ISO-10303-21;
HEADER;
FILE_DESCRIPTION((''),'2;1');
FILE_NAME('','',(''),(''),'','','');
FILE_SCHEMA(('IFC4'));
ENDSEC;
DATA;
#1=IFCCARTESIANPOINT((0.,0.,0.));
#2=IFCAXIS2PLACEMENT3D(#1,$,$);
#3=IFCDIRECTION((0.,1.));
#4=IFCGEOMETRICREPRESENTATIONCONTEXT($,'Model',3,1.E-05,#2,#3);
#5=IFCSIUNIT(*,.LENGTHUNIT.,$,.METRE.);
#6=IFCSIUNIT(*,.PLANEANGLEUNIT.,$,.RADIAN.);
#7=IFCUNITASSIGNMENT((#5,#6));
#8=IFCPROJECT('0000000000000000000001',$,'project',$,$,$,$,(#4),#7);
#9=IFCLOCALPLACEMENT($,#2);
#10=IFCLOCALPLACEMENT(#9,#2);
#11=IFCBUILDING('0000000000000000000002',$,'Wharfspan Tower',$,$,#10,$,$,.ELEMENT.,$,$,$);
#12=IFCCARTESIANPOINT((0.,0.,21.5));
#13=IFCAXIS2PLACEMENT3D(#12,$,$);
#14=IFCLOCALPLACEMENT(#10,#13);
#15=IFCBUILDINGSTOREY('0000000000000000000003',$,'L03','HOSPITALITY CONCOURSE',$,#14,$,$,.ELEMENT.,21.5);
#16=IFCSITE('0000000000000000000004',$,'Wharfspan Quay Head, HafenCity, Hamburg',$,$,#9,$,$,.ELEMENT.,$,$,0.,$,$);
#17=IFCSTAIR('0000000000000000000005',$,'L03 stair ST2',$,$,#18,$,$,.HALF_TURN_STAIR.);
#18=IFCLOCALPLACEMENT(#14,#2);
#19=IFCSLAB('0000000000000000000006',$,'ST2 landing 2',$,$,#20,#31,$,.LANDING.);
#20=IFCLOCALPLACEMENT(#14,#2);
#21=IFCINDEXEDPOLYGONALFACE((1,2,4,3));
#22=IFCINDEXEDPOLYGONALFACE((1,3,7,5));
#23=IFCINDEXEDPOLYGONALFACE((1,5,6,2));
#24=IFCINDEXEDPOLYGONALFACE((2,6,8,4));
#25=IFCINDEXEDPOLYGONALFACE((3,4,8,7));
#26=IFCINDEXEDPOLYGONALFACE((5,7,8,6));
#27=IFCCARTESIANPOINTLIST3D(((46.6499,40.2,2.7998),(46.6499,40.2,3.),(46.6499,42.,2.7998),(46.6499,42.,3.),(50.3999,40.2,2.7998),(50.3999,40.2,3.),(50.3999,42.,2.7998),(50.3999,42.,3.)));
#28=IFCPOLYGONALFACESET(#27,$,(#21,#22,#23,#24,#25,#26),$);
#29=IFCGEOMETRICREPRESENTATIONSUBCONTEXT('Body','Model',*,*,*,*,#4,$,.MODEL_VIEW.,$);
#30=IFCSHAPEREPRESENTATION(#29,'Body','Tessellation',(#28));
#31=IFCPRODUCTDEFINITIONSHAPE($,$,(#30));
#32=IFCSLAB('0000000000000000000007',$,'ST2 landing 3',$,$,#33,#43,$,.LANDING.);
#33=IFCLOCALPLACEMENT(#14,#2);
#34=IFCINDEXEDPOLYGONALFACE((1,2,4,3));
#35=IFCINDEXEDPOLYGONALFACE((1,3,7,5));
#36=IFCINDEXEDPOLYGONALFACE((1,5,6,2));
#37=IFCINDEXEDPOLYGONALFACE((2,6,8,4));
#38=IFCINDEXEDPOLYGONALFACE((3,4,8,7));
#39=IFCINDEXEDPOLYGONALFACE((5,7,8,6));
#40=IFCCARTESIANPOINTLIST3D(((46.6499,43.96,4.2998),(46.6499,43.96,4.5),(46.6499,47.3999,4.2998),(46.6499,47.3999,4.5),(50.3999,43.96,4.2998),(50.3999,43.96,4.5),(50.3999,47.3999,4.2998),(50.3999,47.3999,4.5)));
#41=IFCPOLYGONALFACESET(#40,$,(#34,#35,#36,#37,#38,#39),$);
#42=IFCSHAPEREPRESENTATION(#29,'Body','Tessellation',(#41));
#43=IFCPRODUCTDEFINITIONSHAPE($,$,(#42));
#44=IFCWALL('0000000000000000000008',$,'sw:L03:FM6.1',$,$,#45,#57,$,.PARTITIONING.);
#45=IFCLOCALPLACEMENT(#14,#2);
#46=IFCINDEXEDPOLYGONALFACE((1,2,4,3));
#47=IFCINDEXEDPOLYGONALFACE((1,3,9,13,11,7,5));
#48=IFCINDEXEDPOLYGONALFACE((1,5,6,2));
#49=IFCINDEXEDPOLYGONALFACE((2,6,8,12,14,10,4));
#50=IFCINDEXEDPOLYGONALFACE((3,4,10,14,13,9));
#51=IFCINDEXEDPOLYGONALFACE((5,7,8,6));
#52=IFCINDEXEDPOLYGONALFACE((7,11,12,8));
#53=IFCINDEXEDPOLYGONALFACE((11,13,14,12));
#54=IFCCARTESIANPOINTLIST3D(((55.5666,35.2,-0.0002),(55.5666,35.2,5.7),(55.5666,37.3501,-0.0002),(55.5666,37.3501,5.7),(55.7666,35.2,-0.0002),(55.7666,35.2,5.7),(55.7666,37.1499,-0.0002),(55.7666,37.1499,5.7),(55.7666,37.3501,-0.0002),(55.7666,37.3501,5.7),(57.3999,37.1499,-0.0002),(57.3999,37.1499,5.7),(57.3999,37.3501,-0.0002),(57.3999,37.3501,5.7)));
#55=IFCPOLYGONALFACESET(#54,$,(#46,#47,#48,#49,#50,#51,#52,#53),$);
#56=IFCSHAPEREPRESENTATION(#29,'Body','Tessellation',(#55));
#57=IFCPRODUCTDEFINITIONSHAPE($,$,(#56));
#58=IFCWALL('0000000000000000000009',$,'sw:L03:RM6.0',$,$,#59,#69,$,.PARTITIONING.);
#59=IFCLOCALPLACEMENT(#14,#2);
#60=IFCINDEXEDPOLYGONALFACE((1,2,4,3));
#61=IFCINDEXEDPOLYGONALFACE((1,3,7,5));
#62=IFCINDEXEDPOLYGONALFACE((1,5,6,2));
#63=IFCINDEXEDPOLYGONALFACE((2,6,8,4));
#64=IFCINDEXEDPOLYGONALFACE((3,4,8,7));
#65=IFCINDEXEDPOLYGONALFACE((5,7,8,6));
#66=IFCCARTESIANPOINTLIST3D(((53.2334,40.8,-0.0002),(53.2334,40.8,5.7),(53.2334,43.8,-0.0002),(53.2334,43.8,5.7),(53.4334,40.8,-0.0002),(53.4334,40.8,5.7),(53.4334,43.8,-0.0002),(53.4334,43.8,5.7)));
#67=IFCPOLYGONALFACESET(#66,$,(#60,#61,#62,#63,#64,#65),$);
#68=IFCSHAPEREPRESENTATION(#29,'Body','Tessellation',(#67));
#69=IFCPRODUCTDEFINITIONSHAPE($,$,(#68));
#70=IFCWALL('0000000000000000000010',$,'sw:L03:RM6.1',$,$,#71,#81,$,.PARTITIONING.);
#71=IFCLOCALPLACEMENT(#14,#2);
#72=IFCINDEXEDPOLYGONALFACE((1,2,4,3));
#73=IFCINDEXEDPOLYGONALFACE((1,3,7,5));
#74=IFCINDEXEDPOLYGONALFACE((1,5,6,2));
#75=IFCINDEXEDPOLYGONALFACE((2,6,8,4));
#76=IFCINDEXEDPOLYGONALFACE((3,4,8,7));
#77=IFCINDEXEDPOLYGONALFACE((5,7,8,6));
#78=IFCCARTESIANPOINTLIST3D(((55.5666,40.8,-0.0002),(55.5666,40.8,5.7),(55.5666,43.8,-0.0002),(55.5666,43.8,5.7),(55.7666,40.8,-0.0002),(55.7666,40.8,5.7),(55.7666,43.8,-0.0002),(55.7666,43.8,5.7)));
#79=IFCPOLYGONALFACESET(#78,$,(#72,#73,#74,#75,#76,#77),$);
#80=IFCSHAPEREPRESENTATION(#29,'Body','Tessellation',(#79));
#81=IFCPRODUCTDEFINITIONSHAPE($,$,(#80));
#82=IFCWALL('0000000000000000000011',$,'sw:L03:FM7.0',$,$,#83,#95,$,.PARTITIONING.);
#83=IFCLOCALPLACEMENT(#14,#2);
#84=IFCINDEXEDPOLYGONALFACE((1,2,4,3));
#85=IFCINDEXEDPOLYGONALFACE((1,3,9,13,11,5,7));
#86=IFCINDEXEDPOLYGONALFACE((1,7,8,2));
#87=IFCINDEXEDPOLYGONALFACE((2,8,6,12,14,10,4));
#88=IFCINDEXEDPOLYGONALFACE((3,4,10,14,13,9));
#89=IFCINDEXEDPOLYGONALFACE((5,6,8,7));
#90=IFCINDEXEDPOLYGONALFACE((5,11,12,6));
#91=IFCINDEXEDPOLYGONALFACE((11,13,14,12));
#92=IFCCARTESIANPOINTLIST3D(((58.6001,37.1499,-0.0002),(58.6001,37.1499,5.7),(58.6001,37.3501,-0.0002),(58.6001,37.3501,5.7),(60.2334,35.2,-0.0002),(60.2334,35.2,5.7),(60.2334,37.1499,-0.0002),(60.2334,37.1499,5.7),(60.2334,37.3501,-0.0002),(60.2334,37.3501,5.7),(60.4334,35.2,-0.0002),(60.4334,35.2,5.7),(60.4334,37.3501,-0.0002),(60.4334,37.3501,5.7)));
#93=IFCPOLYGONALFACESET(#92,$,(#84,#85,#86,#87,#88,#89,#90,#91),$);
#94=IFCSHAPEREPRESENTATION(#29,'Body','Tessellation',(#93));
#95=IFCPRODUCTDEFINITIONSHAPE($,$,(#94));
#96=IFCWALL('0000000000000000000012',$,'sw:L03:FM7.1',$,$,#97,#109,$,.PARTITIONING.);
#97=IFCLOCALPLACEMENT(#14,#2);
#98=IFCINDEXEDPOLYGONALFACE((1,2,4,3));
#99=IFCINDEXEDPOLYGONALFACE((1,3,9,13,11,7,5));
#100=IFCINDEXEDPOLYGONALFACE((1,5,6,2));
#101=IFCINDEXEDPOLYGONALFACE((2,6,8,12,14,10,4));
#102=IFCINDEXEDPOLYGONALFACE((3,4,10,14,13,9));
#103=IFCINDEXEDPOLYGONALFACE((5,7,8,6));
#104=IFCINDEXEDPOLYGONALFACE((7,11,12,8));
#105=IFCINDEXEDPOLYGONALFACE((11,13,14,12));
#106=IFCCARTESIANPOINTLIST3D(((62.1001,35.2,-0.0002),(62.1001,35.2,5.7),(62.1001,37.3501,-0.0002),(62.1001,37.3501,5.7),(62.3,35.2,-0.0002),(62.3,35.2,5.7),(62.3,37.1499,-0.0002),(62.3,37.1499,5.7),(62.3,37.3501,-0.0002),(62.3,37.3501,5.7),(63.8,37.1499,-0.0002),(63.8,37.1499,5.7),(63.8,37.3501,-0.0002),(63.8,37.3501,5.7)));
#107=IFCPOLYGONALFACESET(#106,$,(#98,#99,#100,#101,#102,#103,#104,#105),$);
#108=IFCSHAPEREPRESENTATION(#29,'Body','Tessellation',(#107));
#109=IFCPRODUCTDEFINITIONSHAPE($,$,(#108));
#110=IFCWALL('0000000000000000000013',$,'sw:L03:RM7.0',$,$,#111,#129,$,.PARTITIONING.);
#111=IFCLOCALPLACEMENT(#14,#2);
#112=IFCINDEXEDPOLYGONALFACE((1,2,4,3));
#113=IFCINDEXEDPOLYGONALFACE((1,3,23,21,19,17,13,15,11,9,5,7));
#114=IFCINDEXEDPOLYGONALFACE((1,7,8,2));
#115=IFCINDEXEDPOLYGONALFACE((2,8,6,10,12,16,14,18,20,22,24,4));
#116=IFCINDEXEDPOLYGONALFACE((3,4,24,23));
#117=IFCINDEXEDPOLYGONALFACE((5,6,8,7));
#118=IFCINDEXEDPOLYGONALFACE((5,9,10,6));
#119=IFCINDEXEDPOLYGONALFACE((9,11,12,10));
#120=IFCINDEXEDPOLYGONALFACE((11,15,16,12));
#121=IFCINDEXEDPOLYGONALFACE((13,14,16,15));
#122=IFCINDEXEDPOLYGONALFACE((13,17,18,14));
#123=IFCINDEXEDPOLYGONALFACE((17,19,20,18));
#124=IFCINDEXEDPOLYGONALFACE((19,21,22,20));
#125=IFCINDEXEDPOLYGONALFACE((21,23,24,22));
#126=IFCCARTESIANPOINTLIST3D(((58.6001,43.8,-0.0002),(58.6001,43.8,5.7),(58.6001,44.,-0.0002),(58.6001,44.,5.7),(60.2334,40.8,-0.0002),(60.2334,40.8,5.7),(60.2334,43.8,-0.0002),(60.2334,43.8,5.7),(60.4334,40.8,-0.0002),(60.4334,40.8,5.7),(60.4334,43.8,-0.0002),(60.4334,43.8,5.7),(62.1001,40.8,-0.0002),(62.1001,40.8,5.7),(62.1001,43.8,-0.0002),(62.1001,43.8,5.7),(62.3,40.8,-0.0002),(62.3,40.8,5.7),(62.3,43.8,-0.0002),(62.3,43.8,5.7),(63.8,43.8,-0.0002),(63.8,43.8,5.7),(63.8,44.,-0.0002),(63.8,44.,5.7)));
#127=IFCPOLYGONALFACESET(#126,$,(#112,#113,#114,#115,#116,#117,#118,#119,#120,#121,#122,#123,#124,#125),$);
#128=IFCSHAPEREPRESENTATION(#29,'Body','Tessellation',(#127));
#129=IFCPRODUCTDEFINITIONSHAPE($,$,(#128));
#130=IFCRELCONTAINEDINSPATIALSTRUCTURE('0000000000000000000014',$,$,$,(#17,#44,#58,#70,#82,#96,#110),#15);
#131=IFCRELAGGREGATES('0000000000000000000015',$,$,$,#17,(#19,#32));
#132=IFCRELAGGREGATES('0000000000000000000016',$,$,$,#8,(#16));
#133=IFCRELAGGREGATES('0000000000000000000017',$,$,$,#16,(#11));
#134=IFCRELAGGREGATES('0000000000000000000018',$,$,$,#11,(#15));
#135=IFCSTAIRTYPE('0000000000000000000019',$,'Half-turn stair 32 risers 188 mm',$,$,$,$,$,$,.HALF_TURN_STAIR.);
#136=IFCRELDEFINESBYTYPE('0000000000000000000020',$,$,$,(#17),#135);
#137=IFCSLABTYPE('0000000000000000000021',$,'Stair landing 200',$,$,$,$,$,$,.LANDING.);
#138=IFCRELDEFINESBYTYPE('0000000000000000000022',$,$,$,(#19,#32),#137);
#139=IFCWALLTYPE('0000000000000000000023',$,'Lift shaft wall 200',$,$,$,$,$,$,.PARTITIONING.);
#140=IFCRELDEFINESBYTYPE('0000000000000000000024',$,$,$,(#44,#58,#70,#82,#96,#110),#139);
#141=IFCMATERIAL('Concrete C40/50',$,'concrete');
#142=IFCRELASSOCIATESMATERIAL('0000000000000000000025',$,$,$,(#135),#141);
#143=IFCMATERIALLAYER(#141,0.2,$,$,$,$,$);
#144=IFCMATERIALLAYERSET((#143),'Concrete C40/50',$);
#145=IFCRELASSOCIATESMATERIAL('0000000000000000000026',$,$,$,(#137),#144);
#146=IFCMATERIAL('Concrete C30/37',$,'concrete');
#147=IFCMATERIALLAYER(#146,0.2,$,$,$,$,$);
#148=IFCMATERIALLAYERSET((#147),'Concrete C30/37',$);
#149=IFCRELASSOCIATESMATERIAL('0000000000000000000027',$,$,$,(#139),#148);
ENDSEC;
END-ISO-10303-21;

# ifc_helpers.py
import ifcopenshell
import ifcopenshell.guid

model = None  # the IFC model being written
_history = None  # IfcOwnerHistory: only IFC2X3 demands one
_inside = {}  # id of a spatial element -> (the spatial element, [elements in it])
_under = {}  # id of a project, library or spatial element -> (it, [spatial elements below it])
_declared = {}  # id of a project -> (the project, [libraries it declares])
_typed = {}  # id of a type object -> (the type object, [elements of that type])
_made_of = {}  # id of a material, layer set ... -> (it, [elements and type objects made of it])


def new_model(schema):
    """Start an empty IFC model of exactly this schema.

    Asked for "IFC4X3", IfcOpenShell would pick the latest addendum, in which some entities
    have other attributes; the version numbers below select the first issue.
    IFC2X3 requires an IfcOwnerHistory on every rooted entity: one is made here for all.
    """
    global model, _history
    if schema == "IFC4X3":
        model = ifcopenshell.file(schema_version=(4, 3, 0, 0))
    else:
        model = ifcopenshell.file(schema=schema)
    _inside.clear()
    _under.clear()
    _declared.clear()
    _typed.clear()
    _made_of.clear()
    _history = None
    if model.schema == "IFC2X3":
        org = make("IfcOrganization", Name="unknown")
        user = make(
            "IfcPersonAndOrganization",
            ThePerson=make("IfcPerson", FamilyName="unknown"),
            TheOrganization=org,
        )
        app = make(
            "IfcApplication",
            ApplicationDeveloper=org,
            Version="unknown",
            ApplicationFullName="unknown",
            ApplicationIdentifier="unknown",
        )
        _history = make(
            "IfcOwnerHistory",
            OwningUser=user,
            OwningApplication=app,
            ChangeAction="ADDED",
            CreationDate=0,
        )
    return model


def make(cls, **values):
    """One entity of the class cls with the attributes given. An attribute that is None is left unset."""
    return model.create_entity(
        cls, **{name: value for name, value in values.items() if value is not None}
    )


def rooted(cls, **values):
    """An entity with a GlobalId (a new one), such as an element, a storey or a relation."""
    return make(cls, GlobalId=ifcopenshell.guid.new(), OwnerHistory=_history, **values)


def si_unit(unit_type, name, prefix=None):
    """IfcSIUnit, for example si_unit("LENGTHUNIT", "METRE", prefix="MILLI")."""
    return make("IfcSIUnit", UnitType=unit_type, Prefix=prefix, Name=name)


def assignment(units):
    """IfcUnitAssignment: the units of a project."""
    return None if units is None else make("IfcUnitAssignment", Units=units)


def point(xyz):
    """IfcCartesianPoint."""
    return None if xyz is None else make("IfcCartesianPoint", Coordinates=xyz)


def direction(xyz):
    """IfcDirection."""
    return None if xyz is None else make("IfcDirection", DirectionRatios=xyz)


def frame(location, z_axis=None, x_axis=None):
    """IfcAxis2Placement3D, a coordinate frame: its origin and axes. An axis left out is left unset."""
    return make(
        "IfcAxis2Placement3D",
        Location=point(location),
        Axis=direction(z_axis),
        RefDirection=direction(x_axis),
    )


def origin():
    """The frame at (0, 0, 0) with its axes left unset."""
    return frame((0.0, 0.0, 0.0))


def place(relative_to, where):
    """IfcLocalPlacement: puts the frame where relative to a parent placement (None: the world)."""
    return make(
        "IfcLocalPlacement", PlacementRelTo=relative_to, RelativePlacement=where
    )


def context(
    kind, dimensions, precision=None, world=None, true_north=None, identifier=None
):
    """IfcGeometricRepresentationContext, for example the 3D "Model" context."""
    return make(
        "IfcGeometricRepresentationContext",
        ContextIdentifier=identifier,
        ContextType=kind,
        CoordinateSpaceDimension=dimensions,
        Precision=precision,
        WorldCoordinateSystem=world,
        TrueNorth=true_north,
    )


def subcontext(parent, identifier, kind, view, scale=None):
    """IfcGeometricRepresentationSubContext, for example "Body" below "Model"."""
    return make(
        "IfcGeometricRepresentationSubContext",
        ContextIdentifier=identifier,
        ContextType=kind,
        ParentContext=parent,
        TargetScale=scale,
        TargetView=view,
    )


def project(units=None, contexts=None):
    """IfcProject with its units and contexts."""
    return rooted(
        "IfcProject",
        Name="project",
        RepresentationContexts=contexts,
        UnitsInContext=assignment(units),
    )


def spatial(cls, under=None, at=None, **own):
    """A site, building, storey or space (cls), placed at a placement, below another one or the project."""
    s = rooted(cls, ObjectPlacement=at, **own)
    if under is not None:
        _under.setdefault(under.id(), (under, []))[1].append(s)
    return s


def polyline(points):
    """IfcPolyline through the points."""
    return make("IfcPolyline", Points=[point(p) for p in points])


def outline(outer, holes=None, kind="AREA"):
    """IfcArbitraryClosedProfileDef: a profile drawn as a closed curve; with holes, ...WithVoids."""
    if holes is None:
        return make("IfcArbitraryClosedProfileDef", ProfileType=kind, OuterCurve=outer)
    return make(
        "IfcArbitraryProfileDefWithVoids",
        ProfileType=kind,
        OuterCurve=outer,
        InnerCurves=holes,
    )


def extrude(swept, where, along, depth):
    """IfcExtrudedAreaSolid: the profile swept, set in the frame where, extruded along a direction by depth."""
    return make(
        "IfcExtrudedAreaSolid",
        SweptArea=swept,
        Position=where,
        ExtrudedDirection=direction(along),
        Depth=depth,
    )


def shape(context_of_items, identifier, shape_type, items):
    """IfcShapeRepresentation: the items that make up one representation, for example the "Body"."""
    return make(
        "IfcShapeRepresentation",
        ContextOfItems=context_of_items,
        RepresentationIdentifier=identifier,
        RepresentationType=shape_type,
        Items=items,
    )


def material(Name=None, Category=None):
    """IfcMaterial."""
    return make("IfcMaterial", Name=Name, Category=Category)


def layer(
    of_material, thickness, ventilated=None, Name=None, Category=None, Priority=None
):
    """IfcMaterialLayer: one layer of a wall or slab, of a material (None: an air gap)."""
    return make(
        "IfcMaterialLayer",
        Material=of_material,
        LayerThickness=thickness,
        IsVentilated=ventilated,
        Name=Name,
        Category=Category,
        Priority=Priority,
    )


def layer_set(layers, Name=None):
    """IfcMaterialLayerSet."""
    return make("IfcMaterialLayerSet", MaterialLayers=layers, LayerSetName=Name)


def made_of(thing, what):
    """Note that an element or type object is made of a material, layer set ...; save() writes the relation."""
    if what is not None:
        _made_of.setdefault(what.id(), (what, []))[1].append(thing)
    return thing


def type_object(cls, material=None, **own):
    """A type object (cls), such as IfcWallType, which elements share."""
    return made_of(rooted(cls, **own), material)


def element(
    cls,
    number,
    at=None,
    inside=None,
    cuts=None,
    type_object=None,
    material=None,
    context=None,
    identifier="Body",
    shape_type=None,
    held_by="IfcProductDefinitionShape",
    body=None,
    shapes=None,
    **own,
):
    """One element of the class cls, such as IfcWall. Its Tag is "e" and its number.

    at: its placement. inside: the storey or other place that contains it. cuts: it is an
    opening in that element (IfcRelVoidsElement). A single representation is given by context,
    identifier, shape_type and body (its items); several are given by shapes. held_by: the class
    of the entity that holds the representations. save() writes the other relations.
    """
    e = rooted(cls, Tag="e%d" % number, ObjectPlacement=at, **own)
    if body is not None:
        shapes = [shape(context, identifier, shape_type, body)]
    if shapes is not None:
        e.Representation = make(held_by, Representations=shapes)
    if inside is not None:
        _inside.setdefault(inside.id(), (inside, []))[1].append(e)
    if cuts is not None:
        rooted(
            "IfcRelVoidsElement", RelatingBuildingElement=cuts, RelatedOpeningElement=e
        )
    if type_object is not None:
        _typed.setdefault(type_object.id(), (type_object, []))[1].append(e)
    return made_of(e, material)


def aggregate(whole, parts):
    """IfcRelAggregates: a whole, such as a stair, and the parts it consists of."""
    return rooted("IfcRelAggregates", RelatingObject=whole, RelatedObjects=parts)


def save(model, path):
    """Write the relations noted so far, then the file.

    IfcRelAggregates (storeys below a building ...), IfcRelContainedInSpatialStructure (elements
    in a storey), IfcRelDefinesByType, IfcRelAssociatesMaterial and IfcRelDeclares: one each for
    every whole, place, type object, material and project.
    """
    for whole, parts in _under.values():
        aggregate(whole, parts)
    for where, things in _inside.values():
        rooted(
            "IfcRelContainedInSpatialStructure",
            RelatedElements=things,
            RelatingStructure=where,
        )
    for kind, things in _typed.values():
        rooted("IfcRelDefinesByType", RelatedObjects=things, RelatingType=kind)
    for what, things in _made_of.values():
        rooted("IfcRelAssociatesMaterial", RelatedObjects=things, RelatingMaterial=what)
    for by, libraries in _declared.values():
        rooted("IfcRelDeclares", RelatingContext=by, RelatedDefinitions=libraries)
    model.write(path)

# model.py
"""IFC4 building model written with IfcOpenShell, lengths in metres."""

from ifc_helpers import new_model, si_unit, direction, frame, origin, place, context, subcontext, project, spatial, polyline, outline, extrude, material, layer, layer_set, type_object, element, aggregate, save


model = new_model("IFC4")

# Units and contexts
model_context = context("Model", 3, precision=1e-05, world=origin(), true_north=direction((0.0, 1.0)))
body_context = subcontext(model_context, "Body", "Model", "MODEL_VIEW")
ifc_project = project(units=[si_unit("LENGTHUNIT", "METRE"), si_unit("PLANEANGLEUNIT", "RADIAN")], contexts=[model_context])

# Site, building, storey
site_placement = place(None, origin())
site = spatial("IfcSite", under=ifc_project, at=site_placement, Name="Wharfspan Quay Head, HafenCity, Hamburg", CompositionType="ELEMENT", RefElevation=0.0)
building_placement = place(site_placement, origin())
building = spatial("IfcBuilding", under=site, at=building_placement, Name="Wharfspan Tower", CompositionType="ELEMENT")
storey_placement = place(building_placement, frame((0.0, 0.0, 21.5)))
storey = spatial("IfcBuildingStorey", under=building, at=storey_placement, Name="L03", Description="HOSPITALITY CONCOURSE", CompositionType="ELEMENT", Elevation=21.5)

# Stair, slabs
ifc_material_1 = material(Name="Concrete C40/50", Category="concrete")
stair_type_1 = type_object("IfcStairType", Name="Half-turn stair 32 risers 188 mm", PredefinedType="HALF_TURN_STAIR", material=ifc_material_1)
ifc_layer_1 = layer(ifc_material_1, 0.2)
ifc_layer_set_1 = layer_set([ifc_layer_1], Name="Concrete C40/50")
slab_type_1 = type_object("IfcSlabType", Name="Stair landing 200", PredefinedType="LANDING", material=ifc_layer_set_1)
stair_1_placement = place(storey_placement, origin())
stair_1 = element("IfcStair", 1, at=stair_1_placement, inside=storey, type_object=stair_type_1, Name="L03 stair ST2", PredefinedType="HALF_TURN_STAIR")
slab_1_placement = place(storey_placement, frame((0.0, 0.0, 2.7998)))
slab_1 = element("IfcSlab", 2, at=slab_1_placement, type_object=slab_type_1, Name="ST2 landing 2", PredefinedType="LANDING", context=body_context, shape_type="SweptSolid", body=[
    extrude(outline(polyline([(50.3999, 40.2), (50.3999, 42.0), (46.6499, 42.0), (46.6499, 40.2), (50.3999, 40.2)])), origin(), (0.0, 0.0, 1.0), 0.2002),
])
slab_2_placement = place(storey_placement, frame((0.0, 0.0, 4.2998)))
slab_2 = element("IfcSlab", 3, at=slab_2_placement, type_object=slab_type_1, Name="ST2 landing 3", PredefinedType="LANDING", context=body_context, shape_type="SweptSolid", body=[
    extrude(outline(polyline([(50.3999, 43.96), (50.3999, 47.3999), (46.6499, 47.3999), (46.6499, 43.96), (50.3999, 43.96)])), origin(), (0.0, 0.0, 1.0), 0.2002),
])
aggregate(stair_1, [slab_1, slab_2])

# Walls
ifc_material_2 = material(Name="Concrete C30/37", Category="concrete")
ifc_layer_2 = layer(ifc_material_2, 0.2)
ifc_layer_set_2 = layer_set([ifc_layer_2], Name="Concrete C30/37")
wall_type = type_object("IfcWallType", Name="Lift shaft wall 200", PredefinedType="PARTITIONING", material=ifc_layer_set_2)
wall_1_placement = place(storey_placement, frame((0.0, 0.0, -0.0002)))
element("IfcWall", 4, at=wall_1_placement, inside=storey, type_object=wall_type, Name="sw:L03:FM6.1", PredefinedType="PARTITIONING", context=body_context, shape_type="SweptSolid", body=[
    extrude(outline(polyline([(55.5667, 37.3501), (55.7666, 37.3501), (57.3999, 37.3501), (57.3999, 37.1499), (55.7666, 37.1499), (55.7666, 35.2), (55.5667, 35.2), (55.5667, 37.3501)])), origin(), (0.0, 0.0, 1.0), 5.7002),
])
wall_2_placement = place(storey_placement, frame((0.0, 0.0, -0.0002)))
element("IfcWall", 5, at=wall_2_placement, inside=storey, type_object=wall_type, Name="sw:L03:RM6.0", PredefinedType="PARTITIONING", context=body_context, shape_type="SweptSolid", body=[
    extrude(outline(polyline([(53.2334, 40.8), (53.2334, 43.8), (53.4333, 43.8), (53.4333, 40.8), (53.2334, 40.8)])), origin(), (0.0, 0.0, 1.0), 5.7002),
])
wall_3_placement = place(storey_placement, frame((0.0, 0.0, -0.0002)))
element("IfcWall", 6, at=wall_3_placement, inside=storey, type_object=wall_type, Name="sw:L03:RM6.1", PredefinedType="PARTITIONING", context=body_context, shape_type="SweptSolid", body=[
    extrude(outline(polyline([(55.5667, 40.8), (55.5667, 43.8), (55.7666, 43.8), (55.7666, 40.8), (55.5667, 40.8)])), origin(), (0.0, 0.0, 1.0), 5.7002),
])
wall_4_placement = place(storey_placement, frame((0.0, 0.0, -0.0002)))
element("IfcWall", 7, at=wall_4_placement, inside=storey, type_object=wall_type, Name="sw:L03:FM7.0", PredefinedType="PARTITIONING", context=body_context, shape_type="SweptSolid", body=[
    extrude(outline(polyline([(60.2334, 37.1499), (58.6001, 37.1499), (58.6001, 37.3501), (60.2334, 37.3501), (60.4333, 37.3501), (60.4333, 35.2), (60.2334, 35.2), (60.2334, 37.1499)])), origin(), (0.0, 0.0, 1.0), 5.7002),
])
wall_5_placement = place(storey_placement, frame((0.0, 0.0, -0.0002)))
element("IfcWall", 8, at=wall_5_placement, inside=storey, type_object=wall_type, Name="sw:L03:FM7.1", PredefinedType="PARTITIONING", context=body_context, shape_type="SweptSolid", body=[
    extrude(outline(polyline([(62.1001, 37.3501), (62.3, 37.3501), (63.8, 37.3501), (63.8, 37.1499), (62.3, 37.1499), (62.3, 35.2), (62.1001, 35.2), (62.1001, 37.3501)])), origin(), (0.0, 0.0, 1.0), 5.7002),
])
wall_6_placement = place(storey_placement, frame((0.0, 0.0, -0.0002)))
element("IfcWall", 9, at=wall_6_placement, inside=storey, type_object=wall_type, Name="sw:L03:RM7.0", PredefinedType="PARTITIONING", context=body_context, shape_type="SweptSolid", body=[
    extrude(outline(polyline([(60.4333, 40.8), (60.2334, 40.8), (60.2334, 43.8), (58.6001, 43.8), (58.6001, 44.0), (63.8, 44.0), (63.8, 43.8), (62.3, 43.8), (62.3, 40.8), (62.1001, 40.8), (62.1001, 43.8), (60.4333, 43.8), (60.4333, 40.8)])), origin(), (0.0, 0.0, 1.0), 5.7002),
])

save(model, "model.ifc")
